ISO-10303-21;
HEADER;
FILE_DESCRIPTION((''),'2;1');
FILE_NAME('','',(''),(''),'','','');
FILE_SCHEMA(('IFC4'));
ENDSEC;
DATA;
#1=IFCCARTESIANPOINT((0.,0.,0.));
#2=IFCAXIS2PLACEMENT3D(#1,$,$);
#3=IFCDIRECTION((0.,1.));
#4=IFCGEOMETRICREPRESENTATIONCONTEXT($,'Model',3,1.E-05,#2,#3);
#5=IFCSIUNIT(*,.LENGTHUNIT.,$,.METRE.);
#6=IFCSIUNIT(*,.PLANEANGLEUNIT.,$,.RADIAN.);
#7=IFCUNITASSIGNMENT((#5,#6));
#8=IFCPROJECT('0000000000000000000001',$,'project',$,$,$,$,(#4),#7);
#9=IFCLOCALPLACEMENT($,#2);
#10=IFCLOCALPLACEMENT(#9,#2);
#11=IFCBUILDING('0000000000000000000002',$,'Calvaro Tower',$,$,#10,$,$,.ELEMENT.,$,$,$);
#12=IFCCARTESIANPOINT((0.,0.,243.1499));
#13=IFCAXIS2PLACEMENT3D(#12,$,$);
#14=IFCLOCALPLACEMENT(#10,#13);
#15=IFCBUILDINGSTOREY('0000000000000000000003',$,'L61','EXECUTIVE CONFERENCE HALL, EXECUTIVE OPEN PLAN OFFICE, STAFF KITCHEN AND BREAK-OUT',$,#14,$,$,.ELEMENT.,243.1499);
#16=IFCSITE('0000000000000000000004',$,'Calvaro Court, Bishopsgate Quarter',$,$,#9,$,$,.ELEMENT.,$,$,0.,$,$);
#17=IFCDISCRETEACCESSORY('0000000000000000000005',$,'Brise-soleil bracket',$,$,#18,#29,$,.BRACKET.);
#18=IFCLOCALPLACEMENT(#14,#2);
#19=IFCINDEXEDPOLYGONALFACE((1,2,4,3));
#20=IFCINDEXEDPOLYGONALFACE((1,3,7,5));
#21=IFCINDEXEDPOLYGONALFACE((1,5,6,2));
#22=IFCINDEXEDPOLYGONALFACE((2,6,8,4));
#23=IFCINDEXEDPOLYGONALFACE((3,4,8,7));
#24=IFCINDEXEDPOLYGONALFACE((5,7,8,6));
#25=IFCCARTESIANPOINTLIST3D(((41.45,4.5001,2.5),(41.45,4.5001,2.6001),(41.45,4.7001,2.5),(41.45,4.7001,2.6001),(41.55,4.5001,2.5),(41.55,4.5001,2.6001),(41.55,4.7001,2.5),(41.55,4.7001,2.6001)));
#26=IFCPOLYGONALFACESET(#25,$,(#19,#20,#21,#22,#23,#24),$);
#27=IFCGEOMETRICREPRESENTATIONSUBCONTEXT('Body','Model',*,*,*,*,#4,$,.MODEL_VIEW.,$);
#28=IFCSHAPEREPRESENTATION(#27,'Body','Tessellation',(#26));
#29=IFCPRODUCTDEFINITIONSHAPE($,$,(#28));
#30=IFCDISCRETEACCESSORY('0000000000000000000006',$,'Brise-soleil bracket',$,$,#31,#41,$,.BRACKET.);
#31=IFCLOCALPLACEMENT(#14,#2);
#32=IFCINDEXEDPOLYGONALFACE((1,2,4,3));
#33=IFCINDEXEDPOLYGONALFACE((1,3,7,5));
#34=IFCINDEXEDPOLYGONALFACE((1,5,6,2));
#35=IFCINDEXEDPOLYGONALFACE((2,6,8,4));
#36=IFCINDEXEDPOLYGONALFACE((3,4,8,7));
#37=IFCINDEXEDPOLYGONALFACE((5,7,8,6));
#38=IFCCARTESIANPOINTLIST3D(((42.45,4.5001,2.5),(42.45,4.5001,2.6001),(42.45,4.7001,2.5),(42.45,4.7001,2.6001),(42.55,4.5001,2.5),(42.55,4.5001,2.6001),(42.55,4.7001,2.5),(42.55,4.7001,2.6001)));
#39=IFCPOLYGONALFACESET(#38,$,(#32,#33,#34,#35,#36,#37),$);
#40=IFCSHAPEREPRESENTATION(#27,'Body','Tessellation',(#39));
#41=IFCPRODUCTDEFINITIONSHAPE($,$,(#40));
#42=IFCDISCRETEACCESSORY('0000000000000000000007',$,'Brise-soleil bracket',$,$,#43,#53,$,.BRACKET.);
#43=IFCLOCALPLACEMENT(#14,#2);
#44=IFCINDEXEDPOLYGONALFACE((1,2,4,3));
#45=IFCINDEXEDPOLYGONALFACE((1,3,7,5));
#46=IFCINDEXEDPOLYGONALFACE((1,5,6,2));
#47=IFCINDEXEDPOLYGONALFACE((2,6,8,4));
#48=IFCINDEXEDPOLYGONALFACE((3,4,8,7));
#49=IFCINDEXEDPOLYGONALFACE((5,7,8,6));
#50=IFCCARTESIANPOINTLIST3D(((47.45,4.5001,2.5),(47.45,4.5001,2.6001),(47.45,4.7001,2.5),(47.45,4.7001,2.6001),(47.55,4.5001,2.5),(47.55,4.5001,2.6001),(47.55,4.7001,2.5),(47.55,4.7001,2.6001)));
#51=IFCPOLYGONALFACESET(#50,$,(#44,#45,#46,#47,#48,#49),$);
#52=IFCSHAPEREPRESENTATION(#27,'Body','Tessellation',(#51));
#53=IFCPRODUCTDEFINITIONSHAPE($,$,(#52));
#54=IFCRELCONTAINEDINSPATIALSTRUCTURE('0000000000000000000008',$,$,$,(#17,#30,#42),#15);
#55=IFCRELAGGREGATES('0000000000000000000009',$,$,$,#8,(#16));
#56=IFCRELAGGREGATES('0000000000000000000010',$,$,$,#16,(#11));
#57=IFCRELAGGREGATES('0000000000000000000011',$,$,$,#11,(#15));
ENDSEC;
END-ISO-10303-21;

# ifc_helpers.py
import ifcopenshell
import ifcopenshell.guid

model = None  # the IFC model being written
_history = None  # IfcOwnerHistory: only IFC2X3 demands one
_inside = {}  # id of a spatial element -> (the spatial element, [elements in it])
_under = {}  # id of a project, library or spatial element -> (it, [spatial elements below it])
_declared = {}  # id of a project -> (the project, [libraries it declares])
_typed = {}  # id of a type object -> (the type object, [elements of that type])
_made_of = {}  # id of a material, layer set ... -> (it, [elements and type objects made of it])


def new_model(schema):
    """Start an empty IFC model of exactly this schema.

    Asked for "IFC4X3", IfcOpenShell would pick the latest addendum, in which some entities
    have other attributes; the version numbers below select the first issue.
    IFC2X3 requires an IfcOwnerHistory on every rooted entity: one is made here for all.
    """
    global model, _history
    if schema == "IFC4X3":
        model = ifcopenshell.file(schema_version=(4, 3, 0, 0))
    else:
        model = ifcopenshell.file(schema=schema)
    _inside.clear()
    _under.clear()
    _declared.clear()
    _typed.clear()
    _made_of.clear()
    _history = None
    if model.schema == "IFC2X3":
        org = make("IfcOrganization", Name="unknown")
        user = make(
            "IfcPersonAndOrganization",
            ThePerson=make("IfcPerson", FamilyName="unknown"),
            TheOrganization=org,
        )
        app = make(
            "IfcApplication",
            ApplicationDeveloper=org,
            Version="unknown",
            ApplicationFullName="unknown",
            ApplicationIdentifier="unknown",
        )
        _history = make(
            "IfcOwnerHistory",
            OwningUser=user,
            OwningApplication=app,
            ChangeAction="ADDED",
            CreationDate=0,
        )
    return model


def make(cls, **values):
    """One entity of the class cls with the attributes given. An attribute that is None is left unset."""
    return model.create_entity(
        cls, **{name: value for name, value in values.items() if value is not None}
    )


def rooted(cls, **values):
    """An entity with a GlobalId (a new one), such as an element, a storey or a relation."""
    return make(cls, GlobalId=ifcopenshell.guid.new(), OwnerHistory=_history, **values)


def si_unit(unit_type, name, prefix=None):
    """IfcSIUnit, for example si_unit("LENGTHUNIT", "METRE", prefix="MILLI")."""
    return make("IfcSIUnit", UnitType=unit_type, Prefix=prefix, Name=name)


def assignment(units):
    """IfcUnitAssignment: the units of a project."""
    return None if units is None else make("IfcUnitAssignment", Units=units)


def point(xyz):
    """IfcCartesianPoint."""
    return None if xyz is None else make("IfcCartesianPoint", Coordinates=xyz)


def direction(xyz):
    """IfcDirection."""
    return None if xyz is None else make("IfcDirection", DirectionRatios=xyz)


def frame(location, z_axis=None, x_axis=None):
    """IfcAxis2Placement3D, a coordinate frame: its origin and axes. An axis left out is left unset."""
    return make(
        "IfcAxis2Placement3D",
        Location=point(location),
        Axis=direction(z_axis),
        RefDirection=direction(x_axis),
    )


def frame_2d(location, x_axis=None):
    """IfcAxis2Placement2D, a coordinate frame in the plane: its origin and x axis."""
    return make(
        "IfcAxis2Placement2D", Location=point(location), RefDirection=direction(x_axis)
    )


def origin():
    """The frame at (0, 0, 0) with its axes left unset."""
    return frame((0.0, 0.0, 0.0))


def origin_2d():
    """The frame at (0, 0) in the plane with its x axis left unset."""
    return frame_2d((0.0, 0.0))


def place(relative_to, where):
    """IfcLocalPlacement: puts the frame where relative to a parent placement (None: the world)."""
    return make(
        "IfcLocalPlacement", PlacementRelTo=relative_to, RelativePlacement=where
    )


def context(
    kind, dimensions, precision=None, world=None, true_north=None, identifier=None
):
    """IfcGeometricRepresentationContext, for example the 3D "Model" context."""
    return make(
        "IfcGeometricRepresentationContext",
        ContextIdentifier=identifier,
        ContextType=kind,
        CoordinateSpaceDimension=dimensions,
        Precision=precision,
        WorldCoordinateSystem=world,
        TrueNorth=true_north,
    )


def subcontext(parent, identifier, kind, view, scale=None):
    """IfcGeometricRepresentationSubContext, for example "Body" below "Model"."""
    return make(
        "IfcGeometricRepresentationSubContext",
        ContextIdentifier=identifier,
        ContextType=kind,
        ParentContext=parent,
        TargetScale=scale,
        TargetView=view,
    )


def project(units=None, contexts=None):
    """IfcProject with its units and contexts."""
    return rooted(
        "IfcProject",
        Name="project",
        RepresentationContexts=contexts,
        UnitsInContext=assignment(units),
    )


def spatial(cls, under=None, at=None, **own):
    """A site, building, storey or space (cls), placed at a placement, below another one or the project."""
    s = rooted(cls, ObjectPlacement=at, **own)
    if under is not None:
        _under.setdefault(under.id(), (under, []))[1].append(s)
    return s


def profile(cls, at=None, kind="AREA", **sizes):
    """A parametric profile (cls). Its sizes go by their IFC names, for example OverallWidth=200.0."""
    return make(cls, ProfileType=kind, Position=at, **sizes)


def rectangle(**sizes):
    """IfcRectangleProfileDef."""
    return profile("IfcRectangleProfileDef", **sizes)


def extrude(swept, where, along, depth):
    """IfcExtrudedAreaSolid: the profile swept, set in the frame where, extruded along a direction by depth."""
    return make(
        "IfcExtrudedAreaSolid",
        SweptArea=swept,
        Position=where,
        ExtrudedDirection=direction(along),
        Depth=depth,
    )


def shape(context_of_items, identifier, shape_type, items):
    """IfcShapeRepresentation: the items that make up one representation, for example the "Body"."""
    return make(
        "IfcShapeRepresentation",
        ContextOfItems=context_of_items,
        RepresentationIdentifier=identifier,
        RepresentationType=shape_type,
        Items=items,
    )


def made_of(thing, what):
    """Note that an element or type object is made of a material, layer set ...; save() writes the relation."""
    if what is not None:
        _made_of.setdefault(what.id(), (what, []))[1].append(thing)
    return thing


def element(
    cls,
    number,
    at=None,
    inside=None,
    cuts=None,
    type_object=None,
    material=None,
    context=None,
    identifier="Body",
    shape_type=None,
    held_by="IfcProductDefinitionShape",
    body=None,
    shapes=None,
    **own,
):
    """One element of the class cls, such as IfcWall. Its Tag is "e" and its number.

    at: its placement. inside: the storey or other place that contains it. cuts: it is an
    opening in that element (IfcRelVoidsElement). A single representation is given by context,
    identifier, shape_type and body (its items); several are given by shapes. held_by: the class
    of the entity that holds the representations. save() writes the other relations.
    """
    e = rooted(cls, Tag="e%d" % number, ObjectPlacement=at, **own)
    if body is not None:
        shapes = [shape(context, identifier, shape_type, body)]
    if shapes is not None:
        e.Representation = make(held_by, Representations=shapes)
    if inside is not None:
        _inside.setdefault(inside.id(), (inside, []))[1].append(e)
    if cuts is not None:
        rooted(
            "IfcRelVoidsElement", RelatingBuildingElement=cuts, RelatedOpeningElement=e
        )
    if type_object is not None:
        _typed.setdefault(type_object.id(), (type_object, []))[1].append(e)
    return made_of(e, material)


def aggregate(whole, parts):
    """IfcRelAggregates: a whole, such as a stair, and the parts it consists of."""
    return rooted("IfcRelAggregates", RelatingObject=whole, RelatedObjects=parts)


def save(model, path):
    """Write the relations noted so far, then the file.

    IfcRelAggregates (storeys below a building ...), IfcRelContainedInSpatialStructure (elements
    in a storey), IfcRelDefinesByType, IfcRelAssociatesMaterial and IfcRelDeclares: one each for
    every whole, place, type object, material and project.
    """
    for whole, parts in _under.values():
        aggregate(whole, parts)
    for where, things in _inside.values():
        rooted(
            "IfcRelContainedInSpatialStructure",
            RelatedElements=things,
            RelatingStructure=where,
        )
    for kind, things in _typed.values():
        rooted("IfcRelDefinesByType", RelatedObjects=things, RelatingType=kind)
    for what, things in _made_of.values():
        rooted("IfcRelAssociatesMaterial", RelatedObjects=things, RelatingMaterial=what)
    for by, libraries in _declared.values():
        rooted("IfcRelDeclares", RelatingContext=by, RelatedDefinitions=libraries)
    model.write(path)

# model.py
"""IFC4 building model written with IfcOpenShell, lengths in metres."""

from ifc_helpers import new_model, si_unit, direction, frame, origin, origin_2d, place, context, subcontext, project, spatial, rectangle, extrude, element, save


model = new_model("IFC4")

# Units and contexts
model_context = context("Model", 3, precision=1e-05, world=origin(), true_north=direction((0.0, 1.0)))
body_context = subcontext(model_context, "Body", "Model", "MODEL_VIEW")
ifc_project = project(units=[si_unit("LENGTHUNIT", "METRE"), si_unit("PLANEANGLEUNIT", "RADIAN")], contexts=[model_context])

# Site, building, storey
site_placement = place(None, origin())
site = spatial("IfcSite", under=ifc_project, at=site_placement, Name="Calvaro Court, Bishopsgate Quarter", CompositionType="ELEMENT", RefElevation=0.0)
building_placement = place(site_placement, origin())
building = spatial("IfcBuilding", under=site, at=building_placement, Name="Calvaro Tower", CompositionType="ELEMENT")
storey_placement = place(building_placement, frame((0.0, 0.0, 243.1499)))
storey = spatial("IfcBuildingStorey", under=building, at=storey_placement, Name="L61", Description="EXECUTIVE CONFERENCE HALL, EXECUTIVE OPEN PLAN OFFICE, STAFF KITCHEN AND BREAK-OUT", CompositionType="ELEMENT", Elevation=243.1499)

# Discrete accessories
for number, where, z_axis, x_axis, name in (
    (1, (41.5, 4.6001, 2.5), (0.0, 0.0, 1.0), (1.0, 0.0, 0.0), "Brise-soleil bracket"),
    (2, (42.5, 4.6001, 2.5), (0.0, 0.0, 1.0), (1.0, 0.0, 0.0), "Brise-soleil bracket"),
    (3, (47.5, 4.6001, 2.5), (0.0, 0.0, 1.0), (1.0, 0.0, 0.0), "Brise-soleil bracket"),
):
    element("IfcDiscreteAccessory", number, at=place(storey_placement, frame(where, z_axis=z_axis, x_axis=x_axis)), inside=storey, Name=name, PredefinedType="BRACKET", context=body_context, shape_type="SweptSolid", body=[
        extrude(rectangle(XDim=0.1001, YDim=0.2, at=origin_2d()), origin(), (0.0, 0.0, 1.0), 0.1001),
    ])

save(model, "model.ifc")
